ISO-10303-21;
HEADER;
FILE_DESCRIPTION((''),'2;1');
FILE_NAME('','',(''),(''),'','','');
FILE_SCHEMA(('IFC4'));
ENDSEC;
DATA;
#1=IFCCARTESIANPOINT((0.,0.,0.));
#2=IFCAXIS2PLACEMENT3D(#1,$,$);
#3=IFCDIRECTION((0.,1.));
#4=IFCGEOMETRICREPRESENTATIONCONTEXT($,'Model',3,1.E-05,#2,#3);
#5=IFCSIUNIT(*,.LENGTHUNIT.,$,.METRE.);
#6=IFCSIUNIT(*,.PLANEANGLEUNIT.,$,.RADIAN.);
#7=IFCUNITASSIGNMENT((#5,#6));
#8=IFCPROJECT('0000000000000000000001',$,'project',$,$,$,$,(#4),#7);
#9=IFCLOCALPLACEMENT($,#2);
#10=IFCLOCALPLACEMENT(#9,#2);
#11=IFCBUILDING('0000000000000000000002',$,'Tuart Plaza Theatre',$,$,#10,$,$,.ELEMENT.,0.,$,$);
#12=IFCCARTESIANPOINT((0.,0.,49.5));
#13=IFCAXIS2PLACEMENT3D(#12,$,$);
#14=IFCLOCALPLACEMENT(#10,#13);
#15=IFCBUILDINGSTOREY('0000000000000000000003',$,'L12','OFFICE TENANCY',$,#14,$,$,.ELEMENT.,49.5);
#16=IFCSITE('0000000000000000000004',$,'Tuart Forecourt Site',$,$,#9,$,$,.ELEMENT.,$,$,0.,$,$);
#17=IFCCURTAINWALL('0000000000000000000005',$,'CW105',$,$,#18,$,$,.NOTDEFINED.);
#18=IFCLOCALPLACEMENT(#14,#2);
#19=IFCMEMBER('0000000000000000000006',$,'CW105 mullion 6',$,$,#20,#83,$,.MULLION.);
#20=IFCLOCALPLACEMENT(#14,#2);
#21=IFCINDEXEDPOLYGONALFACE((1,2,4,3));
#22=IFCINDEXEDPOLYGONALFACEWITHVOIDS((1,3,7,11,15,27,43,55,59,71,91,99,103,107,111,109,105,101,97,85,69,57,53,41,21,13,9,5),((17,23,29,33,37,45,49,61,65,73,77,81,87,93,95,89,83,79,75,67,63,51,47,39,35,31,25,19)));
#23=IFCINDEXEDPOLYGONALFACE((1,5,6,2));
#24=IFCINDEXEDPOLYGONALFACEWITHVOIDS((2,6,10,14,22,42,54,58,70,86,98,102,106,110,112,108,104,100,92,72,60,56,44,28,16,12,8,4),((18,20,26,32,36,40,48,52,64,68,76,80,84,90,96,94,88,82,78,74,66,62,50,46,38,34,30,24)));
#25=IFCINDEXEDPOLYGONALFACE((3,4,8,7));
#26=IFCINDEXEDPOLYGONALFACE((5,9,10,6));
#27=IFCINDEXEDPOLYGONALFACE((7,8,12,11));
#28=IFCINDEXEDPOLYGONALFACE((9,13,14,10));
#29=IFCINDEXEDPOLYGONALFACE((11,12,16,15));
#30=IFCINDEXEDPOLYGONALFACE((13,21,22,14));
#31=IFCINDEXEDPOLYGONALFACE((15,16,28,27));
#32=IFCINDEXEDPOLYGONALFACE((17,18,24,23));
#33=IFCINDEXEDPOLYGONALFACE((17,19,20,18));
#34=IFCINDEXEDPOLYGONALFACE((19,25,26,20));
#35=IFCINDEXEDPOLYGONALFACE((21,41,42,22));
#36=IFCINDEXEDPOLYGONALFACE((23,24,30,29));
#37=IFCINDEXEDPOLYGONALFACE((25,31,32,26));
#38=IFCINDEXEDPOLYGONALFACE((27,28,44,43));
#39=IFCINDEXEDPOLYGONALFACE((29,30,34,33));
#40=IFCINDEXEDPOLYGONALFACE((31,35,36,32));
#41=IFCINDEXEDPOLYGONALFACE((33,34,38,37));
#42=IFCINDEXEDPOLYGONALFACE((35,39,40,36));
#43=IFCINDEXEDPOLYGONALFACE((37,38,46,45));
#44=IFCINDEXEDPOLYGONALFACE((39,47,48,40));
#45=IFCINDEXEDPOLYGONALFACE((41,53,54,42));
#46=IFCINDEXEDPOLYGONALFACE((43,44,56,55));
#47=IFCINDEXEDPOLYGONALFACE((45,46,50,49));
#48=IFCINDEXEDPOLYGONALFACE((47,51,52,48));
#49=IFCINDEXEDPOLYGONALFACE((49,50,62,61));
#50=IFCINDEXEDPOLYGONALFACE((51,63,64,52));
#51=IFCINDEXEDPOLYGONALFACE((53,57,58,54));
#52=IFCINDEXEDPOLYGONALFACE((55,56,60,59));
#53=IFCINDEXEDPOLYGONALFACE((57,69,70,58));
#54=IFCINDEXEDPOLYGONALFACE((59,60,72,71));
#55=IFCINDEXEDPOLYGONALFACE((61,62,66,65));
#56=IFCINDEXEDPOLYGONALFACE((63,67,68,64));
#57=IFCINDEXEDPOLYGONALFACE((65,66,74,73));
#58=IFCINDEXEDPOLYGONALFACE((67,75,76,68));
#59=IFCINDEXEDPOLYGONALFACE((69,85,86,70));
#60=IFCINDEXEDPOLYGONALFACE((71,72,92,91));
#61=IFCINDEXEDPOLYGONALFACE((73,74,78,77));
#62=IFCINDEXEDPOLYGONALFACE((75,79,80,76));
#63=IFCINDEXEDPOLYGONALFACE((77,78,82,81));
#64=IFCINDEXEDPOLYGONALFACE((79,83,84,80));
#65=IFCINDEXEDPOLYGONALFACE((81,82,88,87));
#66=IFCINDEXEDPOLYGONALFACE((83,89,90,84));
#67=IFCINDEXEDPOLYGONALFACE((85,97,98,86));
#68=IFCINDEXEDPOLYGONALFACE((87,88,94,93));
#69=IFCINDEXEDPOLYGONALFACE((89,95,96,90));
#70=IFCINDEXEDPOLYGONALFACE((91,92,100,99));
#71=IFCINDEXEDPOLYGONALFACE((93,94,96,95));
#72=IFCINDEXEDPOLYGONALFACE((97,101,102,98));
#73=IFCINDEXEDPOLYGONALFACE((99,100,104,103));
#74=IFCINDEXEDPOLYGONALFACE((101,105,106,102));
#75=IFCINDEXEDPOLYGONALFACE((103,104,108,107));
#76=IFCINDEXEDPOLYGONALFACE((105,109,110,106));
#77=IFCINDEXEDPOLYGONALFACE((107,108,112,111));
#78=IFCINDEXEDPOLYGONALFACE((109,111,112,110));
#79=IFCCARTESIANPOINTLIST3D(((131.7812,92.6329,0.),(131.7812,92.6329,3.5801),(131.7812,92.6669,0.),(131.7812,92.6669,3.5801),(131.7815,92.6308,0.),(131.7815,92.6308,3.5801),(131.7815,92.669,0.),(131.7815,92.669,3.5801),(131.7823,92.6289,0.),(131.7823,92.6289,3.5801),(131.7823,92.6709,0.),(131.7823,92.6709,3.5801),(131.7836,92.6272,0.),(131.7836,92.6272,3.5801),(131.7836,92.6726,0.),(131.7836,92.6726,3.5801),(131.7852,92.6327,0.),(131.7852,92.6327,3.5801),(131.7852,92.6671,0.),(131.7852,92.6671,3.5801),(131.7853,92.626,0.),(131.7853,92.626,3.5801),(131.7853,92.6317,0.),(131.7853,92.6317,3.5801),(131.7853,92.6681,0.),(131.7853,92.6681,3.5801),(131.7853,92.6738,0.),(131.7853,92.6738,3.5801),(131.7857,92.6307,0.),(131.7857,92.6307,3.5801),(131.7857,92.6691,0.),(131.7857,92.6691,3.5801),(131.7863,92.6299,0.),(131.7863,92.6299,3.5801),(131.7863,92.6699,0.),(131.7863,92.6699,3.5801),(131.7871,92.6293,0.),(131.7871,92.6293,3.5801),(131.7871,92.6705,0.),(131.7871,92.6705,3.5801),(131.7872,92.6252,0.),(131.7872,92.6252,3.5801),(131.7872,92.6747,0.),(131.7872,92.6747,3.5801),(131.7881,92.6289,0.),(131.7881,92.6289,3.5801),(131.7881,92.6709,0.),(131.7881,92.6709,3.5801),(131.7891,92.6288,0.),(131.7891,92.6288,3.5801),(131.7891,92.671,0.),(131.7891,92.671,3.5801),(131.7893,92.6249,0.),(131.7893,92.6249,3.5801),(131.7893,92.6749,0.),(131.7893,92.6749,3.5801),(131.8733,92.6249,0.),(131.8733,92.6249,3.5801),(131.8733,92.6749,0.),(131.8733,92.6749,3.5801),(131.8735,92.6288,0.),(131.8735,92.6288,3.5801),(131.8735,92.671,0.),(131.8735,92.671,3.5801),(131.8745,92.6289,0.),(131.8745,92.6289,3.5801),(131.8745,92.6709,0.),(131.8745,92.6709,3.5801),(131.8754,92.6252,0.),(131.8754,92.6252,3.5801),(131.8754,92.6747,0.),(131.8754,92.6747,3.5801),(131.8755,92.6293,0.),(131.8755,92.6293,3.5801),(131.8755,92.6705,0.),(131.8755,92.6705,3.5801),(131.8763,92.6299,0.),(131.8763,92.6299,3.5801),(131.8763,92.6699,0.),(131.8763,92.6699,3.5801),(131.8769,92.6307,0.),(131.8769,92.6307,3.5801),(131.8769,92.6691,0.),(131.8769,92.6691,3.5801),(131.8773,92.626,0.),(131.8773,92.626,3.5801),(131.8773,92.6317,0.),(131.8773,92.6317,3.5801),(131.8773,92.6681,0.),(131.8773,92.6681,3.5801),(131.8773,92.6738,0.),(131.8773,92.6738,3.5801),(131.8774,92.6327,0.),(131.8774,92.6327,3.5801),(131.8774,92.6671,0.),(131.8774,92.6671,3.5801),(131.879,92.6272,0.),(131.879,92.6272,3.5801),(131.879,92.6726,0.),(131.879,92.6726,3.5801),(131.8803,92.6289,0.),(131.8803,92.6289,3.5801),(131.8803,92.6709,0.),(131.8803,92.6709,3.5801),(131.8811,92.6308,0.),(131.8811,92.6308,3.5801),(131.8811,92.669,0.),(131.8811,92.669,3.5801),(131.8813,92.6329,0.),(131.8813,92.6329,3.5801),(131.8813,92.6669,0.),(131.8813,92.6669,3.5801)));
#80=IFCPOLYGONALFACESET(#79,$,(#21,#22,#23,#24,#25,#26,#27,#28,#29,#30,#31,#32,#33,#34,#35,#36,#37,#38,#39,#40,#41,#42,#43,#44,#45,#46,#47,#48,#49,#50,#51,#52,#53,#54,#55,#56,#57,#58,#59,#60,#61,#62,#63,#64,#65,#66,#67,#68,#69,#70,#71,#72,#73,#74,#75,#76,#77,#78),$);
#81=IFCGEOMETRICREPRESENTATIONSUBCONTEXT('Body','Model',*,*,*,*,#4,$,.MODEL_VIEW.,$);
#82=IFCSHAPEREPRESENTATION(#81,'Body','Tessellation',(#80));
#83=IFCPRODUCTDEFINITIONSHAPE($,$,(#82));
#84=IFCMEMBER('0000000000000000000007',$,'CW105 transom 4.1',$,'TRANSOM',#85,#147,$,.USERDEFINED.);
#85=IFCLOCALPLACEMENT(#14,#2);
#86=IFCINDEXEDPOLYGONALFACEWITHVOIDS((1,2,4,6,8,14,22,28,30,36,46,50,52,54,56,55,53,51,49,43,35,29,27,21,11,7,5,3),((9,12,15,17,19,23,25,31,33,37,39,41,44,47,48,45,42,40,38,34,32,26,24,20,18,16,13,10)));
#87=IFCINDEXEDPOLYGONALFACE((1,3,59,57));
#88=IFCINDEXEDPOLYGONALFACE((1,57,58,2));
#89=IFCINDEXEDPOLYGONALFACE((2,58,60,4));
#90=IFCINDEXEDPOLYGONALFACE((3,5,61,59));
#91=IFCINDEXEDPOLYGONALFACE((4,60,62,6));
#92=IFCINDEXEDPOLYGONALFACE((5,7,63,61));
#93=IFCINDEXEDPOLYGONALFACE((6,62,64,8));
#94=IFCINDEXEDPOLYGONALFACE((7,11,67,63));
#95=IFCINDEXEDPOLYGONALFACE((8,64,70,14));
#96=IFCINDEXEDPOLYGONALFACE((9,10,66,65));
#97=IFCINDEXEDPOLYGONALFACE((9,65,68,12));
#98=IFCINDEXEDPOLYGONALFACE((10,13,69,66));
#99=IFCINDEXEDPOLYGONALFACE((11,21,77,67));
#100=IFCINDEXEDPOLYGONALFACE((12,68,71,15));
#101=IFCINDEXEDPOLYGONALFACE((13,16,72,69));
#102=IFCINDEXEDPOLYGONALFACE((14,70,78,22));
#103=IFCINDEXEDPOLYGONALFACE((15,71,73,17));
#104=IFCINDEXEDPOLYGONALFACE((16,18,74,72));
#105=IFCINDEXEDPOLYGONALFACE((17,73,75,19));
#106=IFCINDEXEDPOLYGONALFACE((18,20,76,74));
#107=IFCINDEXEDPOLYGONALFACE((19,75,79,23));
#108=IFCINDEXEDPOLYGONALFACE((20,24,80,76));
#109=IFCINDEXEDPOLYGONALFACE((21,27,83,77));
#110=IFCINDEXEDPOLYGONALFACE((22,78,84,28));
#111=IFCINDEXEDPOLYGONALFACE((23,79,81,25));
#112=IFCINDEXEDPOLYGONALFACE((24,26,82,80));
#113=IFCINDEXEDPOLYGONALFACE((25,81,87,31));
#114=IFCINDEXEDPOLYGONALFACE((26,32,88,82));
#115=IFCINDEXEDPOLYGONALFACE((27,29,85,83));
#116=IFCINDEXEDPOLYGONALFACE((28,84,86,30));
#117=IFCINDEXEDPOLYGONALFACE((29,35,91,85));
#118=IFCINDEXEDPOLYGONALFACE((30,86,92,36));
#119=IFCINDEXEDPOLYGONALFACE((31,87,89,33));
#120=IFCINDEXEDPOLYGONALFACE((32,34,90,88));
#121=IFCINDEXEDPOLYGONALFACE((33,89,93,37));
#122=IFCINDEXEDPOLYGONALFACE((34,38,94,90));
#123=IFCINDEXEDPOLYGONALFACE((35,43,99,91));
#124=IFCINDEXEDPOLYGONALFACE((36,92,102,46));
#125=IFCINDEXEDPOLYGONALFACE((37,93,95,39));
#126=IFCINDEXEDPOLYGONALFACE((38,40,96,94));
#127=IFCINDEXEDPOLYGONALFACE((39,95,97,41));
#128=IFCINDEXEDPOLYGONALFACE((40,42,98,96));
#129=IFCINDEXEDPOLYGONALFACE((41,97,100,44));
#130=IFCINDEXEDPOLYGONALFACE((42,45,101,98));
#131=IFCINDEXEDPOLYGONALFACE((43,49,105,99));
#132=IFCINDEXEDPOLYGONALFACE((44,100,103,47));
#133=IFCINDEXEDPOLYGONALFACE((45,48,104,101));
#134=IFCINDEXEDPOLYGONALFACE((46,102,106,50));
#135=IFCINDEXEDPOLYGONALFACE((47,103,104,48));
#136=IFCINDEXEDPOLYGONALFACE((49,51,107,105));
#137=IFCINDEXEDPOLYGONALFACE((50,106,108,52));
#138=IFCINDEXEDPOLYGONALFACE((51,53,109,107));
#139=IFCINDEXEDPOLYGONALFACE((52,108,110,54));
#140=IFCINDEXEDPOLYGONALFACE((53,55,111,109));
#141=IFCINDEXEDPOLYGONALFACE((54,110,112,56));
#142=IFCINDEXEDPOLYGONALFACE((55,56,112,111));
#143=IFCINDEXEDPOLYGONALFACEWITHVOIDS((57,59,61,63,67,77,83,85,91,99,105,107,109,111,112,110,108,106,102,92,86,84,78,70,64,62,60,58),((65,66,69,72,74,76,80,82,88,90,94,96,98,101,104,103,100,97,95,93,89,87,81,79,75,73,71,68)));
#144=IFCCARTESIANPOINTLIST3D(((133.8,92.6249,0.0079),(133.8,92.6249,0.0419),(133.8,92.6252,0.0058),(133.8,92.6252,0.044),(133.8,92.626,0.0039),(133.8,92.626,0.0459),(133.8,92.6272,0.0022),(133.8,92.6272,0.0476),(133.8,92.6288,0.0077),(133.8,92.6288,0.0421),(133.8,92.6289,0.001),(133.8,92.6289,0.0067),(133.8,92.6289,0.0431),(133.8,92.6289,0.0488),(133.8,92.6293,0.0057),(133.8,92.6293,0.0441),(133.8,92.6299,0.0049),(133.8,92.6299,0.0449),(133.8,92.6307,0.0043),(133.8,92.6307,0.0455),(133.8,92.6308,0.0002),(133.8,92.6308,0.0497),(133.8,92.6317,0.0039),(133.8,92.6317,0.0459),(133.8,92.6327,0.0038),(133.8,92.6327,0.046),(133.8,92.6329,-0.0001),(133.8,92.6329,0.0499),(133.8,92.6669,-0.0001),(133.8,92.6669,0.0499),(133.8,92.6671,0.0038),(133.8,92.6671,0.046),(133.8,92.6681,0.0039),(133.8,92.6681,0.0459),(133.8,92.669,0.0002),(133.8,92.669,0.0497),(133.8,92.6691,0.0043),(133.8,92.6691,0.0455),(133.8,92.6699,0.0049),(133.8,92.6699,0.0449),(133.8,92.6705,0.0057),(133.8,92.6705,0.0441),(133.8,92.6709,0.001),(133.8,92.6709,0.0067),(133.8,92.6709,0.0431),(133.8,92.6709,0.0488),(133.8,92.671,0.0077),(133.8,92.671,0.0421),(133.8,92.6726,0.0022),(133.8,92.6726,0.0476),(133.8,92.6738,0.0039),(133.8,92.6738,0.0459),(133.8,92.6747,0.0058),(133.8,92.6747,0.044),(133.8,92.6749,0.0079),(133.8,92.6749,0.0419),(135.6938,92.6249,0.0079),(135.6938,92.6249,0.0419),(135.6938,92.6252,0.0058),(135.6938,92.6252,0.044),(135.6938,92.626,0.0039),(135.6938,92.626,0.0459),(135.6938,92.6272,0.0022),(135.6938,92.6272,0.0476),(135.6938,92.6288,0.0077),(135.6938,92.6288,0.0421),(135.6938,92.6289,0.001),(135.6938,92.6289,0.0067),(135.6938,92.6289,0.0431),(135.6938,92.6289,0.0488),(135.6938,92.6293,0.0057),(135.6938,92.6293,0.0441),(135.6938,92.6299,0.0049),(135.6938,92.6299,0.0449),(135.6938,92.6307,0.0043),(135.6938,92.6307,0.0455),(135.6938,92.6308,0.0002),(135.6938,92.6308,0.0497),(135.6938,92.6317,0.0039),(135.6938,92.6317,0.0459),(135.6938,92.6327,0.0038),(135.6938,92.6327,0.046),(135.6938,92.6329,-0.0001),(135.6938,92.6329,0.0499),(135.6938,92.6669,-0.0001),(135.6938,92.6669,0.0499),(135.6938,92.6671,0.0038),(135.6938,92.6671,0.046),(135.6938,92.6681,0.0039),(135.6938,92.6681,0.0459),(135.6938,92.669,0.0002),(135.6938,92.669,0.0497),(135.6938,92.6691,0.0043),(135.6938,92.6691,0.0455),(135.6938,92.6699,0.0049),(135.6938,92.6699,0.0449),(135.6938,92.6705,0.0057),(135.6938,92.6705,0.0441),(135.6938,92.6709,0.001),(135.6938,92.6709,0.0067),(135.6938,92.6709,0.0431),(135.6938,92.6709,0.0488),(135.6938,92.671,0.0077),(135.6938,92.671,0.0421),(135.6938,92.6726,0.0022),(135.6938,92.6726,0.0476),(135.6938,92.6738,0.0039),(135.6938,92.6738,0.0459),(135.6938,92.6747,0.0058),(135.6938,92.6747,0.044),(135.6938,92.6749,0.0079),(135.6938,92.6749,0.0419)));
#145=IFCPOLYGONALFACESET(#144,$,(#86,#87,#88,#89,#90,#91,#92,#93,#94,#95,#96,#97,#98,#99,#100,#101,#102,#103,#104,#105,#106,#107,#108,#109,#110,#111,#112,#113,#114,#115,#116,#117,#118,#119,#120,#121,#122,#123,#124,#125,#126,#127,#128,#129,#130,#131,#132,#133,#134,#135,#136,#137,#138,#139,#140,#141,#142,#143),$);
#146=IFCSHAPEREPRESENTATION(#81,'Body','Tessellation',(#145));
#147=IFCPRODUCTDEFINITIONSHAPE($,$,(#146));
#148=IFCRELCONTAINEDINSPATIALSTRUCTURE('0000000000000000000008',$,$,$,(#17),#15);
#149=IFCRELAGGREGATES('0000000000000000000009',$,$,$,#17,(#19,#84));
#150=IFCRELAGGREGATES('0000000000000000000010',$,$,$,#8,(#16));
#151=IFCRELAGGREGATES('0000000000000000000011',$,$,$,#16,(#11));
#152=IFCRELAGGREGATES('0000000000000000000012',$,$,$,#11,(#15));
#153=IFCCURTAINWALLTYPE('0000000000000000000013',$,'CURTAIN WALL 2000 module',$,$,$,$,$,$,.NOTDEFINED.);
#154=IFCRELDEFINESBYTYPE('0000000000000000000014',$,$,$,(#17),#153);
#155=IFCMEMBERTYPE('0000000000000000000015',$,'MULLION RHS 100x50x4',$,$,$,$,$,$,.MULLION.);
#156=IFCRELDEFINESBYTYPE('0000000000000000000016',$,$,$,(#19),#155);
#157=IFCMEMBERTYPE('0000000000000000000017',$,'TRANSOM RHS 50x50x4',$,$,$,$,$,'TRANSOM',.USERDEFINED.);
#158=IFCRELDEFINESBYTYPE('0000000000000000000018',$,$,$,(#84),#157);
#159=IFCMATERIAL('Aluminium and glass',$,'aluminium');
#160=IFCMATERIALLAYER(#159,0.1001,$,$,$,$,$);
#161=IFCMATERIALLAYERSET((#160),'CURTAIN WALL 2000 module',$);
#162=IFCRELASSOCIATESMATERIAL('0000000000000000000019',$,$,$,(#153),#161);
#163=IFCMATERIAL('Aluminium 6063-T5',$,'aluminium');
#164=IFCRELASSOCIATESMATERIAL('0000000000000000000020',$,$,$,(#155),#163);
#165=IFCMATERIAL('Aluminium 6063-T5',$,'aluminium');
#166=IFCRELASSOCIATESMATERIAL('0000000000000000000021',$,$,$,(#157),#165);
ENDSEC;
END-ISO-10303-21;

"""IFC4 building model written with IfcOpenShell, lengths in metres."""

from ifc_helpers import new_model, si_unit, direction, frame, origin, origin_2d, place, context, subcontext, project, spatial, hollow_rectangle, extrude, material, layer, layer_set, material_profile, profile_set, type_object, element, aggregate, save


model = new_model("IFC4")

# Units and contexts
model_context = context("Model", 3, precision=1e-05, world=origin(), true_north=direction((0.0, 1.0)))
body_context = subcontext(model_context, "Body", "Model", "MODEL_VIEW")
ifc_project = project(units=[si_unit("LENGTHUNIT", "METRE"), si_unit("PLANEANGLEUNIT", "RADIAN")], contexts=[model_context])

# Site, building, storey
site_placement = place(None, origin())
site = spatial("IfcSite", under=ifc_project, at=site_placement, Name="Tuart Forecourt Site", CompositionType="ELEMENT", RefElevation=0.0)
building_placement = place(site_placement, origin())
building = spatial("IfcBuilding", under=site, at=building_placement, Name="Tuart Plaza Theatre", CompositionType="ELEMENT", ElevationOfRefHeight=0.0)
storey_placement = place(building_placement, frame((0.0, 0.0, 49.5)))
storey = spatial("IfcBuildingStorey", under=building, at=storey_placement, Name="L12", Description="OFFICE TENANCY", CompositionType="ELEMENT", Elevation=49.5)

# Curtain wall, members
ifc_material_1 = material(Name="Aluminium and glass", Category="aluminium")
ifc_layer_1 = layer(ifc_material_1, 0.1001)
ifc_layer_set_1 = layer_set([ifc_layer_1], Name="CURTAIN WALL 2000 module")
curtain_wall_type = type_object("IfcCurtainWallType", Name="CURTAIN WALL 2000 module", PredefinedType="NOTDEFINED", material=ifc_layer_set_1)
curtain_wall_placement = place(storey_placement, origin())
curtain_wall = element("IfcCurtainWall", 1, at=curtain_wall_placement, inside=storey, type_object=curtain_wall_type, Name="CW105", PredefinedType="NOTDEFINED")
ifc_material_2 = material(Name="Aluminium 6063-T5", Category="aluminium")
ifc_material_profile_1 = material_profile(ifc_material_2, hollow_rectangle(XDim=0.05, YDim=0.1001, WallThickness=0.0039, InnerFilletRadius=0.0039, OuterFilletRadius=0.0081, at=origin_2d()), Name="RHS 100x50x4")
ifc_profile_set_1 = profile_set([ifc_material_profile_1], Name="Aluminium 6063-T5")
member_type_1 = type_object("IfcMemberType", Name="MULLION RHS 100x50x4", PredefinedType="MULLION", material=ifc_profile_set_1)
member_1_placement = place(storey_placement, frame((131.8313, 92.6499, 0.0), z_axis=(0.0, 0.0, 1.0), x_axis=(0.0, -1.0, 0.0)))
member_1 = element("IfcMember", 2, at=member_1_placement, type_object=member_type_1, Name="CW105 mullion 6", PredefinedType="MULLION", context=body_context, shape_type="SweptSolid", body=[
    extrude(hollow_rectangle(XDim=0.05, YDim=0.1001, WallThickness=0.0039, InnerFilletRadius=0.0039, OuterFilletRadius=0.0081, at=origin_2d()), origin(), (0.0, 0.0, 1.0), 3.5801),
])
ifc_material_3 = material(Name="Aluminium 6063-T5", Category="aluminium")
ifc_material_profile_2 = material_profile(ifc_material_3, hollow_rectangle(XDim=0.05, YDim=0.05, WallThickness=0.0039, InnerFilletRadius=0.0039, OuterFilletRadius=0.0081, at=origin_2d()), Name="RHS 50x50x4")
ifc_profile_set_2 = profile_set([ifc_material_profile_2], Name="Aluminium 6063-T5")
member_type_2 = type_object("IfcMemberType", Name="TRANSOM RHS 50x50x4", ElementType="TRANSOM", PredefinedType="USERDEFINED", material=ifc_profile_set_2)
member_2_placement = place(storey_placement, frame((135.6938, 92.6499, 0.0249), z_axis=(-1.0, 0.0, 0.0), x_axis=(0.0, -1.0, 0.0)))
member_2 = element("IfcMember", 3, at=member_2_placement, type_object=member_type_2, Name="CW105 transom 4.1", ObjectType="TRANSOM", PredefinedType="USERDEFINED", context=body_context, shape_type="SweptSolid", body=[
    extrude(hollow_rectangle(XDim=0.05, YDim=0.05, WallThickness=0.0039, InnerFilletRadius=0.0039, OuterFilletRadius=0.0081, at=origin_2d()), origin(), (0.0, 0.0, 1.0), 1.8938),
])
aggregate(curtain_wall, [member_1, member_2])

save(model, "model.ifc")
